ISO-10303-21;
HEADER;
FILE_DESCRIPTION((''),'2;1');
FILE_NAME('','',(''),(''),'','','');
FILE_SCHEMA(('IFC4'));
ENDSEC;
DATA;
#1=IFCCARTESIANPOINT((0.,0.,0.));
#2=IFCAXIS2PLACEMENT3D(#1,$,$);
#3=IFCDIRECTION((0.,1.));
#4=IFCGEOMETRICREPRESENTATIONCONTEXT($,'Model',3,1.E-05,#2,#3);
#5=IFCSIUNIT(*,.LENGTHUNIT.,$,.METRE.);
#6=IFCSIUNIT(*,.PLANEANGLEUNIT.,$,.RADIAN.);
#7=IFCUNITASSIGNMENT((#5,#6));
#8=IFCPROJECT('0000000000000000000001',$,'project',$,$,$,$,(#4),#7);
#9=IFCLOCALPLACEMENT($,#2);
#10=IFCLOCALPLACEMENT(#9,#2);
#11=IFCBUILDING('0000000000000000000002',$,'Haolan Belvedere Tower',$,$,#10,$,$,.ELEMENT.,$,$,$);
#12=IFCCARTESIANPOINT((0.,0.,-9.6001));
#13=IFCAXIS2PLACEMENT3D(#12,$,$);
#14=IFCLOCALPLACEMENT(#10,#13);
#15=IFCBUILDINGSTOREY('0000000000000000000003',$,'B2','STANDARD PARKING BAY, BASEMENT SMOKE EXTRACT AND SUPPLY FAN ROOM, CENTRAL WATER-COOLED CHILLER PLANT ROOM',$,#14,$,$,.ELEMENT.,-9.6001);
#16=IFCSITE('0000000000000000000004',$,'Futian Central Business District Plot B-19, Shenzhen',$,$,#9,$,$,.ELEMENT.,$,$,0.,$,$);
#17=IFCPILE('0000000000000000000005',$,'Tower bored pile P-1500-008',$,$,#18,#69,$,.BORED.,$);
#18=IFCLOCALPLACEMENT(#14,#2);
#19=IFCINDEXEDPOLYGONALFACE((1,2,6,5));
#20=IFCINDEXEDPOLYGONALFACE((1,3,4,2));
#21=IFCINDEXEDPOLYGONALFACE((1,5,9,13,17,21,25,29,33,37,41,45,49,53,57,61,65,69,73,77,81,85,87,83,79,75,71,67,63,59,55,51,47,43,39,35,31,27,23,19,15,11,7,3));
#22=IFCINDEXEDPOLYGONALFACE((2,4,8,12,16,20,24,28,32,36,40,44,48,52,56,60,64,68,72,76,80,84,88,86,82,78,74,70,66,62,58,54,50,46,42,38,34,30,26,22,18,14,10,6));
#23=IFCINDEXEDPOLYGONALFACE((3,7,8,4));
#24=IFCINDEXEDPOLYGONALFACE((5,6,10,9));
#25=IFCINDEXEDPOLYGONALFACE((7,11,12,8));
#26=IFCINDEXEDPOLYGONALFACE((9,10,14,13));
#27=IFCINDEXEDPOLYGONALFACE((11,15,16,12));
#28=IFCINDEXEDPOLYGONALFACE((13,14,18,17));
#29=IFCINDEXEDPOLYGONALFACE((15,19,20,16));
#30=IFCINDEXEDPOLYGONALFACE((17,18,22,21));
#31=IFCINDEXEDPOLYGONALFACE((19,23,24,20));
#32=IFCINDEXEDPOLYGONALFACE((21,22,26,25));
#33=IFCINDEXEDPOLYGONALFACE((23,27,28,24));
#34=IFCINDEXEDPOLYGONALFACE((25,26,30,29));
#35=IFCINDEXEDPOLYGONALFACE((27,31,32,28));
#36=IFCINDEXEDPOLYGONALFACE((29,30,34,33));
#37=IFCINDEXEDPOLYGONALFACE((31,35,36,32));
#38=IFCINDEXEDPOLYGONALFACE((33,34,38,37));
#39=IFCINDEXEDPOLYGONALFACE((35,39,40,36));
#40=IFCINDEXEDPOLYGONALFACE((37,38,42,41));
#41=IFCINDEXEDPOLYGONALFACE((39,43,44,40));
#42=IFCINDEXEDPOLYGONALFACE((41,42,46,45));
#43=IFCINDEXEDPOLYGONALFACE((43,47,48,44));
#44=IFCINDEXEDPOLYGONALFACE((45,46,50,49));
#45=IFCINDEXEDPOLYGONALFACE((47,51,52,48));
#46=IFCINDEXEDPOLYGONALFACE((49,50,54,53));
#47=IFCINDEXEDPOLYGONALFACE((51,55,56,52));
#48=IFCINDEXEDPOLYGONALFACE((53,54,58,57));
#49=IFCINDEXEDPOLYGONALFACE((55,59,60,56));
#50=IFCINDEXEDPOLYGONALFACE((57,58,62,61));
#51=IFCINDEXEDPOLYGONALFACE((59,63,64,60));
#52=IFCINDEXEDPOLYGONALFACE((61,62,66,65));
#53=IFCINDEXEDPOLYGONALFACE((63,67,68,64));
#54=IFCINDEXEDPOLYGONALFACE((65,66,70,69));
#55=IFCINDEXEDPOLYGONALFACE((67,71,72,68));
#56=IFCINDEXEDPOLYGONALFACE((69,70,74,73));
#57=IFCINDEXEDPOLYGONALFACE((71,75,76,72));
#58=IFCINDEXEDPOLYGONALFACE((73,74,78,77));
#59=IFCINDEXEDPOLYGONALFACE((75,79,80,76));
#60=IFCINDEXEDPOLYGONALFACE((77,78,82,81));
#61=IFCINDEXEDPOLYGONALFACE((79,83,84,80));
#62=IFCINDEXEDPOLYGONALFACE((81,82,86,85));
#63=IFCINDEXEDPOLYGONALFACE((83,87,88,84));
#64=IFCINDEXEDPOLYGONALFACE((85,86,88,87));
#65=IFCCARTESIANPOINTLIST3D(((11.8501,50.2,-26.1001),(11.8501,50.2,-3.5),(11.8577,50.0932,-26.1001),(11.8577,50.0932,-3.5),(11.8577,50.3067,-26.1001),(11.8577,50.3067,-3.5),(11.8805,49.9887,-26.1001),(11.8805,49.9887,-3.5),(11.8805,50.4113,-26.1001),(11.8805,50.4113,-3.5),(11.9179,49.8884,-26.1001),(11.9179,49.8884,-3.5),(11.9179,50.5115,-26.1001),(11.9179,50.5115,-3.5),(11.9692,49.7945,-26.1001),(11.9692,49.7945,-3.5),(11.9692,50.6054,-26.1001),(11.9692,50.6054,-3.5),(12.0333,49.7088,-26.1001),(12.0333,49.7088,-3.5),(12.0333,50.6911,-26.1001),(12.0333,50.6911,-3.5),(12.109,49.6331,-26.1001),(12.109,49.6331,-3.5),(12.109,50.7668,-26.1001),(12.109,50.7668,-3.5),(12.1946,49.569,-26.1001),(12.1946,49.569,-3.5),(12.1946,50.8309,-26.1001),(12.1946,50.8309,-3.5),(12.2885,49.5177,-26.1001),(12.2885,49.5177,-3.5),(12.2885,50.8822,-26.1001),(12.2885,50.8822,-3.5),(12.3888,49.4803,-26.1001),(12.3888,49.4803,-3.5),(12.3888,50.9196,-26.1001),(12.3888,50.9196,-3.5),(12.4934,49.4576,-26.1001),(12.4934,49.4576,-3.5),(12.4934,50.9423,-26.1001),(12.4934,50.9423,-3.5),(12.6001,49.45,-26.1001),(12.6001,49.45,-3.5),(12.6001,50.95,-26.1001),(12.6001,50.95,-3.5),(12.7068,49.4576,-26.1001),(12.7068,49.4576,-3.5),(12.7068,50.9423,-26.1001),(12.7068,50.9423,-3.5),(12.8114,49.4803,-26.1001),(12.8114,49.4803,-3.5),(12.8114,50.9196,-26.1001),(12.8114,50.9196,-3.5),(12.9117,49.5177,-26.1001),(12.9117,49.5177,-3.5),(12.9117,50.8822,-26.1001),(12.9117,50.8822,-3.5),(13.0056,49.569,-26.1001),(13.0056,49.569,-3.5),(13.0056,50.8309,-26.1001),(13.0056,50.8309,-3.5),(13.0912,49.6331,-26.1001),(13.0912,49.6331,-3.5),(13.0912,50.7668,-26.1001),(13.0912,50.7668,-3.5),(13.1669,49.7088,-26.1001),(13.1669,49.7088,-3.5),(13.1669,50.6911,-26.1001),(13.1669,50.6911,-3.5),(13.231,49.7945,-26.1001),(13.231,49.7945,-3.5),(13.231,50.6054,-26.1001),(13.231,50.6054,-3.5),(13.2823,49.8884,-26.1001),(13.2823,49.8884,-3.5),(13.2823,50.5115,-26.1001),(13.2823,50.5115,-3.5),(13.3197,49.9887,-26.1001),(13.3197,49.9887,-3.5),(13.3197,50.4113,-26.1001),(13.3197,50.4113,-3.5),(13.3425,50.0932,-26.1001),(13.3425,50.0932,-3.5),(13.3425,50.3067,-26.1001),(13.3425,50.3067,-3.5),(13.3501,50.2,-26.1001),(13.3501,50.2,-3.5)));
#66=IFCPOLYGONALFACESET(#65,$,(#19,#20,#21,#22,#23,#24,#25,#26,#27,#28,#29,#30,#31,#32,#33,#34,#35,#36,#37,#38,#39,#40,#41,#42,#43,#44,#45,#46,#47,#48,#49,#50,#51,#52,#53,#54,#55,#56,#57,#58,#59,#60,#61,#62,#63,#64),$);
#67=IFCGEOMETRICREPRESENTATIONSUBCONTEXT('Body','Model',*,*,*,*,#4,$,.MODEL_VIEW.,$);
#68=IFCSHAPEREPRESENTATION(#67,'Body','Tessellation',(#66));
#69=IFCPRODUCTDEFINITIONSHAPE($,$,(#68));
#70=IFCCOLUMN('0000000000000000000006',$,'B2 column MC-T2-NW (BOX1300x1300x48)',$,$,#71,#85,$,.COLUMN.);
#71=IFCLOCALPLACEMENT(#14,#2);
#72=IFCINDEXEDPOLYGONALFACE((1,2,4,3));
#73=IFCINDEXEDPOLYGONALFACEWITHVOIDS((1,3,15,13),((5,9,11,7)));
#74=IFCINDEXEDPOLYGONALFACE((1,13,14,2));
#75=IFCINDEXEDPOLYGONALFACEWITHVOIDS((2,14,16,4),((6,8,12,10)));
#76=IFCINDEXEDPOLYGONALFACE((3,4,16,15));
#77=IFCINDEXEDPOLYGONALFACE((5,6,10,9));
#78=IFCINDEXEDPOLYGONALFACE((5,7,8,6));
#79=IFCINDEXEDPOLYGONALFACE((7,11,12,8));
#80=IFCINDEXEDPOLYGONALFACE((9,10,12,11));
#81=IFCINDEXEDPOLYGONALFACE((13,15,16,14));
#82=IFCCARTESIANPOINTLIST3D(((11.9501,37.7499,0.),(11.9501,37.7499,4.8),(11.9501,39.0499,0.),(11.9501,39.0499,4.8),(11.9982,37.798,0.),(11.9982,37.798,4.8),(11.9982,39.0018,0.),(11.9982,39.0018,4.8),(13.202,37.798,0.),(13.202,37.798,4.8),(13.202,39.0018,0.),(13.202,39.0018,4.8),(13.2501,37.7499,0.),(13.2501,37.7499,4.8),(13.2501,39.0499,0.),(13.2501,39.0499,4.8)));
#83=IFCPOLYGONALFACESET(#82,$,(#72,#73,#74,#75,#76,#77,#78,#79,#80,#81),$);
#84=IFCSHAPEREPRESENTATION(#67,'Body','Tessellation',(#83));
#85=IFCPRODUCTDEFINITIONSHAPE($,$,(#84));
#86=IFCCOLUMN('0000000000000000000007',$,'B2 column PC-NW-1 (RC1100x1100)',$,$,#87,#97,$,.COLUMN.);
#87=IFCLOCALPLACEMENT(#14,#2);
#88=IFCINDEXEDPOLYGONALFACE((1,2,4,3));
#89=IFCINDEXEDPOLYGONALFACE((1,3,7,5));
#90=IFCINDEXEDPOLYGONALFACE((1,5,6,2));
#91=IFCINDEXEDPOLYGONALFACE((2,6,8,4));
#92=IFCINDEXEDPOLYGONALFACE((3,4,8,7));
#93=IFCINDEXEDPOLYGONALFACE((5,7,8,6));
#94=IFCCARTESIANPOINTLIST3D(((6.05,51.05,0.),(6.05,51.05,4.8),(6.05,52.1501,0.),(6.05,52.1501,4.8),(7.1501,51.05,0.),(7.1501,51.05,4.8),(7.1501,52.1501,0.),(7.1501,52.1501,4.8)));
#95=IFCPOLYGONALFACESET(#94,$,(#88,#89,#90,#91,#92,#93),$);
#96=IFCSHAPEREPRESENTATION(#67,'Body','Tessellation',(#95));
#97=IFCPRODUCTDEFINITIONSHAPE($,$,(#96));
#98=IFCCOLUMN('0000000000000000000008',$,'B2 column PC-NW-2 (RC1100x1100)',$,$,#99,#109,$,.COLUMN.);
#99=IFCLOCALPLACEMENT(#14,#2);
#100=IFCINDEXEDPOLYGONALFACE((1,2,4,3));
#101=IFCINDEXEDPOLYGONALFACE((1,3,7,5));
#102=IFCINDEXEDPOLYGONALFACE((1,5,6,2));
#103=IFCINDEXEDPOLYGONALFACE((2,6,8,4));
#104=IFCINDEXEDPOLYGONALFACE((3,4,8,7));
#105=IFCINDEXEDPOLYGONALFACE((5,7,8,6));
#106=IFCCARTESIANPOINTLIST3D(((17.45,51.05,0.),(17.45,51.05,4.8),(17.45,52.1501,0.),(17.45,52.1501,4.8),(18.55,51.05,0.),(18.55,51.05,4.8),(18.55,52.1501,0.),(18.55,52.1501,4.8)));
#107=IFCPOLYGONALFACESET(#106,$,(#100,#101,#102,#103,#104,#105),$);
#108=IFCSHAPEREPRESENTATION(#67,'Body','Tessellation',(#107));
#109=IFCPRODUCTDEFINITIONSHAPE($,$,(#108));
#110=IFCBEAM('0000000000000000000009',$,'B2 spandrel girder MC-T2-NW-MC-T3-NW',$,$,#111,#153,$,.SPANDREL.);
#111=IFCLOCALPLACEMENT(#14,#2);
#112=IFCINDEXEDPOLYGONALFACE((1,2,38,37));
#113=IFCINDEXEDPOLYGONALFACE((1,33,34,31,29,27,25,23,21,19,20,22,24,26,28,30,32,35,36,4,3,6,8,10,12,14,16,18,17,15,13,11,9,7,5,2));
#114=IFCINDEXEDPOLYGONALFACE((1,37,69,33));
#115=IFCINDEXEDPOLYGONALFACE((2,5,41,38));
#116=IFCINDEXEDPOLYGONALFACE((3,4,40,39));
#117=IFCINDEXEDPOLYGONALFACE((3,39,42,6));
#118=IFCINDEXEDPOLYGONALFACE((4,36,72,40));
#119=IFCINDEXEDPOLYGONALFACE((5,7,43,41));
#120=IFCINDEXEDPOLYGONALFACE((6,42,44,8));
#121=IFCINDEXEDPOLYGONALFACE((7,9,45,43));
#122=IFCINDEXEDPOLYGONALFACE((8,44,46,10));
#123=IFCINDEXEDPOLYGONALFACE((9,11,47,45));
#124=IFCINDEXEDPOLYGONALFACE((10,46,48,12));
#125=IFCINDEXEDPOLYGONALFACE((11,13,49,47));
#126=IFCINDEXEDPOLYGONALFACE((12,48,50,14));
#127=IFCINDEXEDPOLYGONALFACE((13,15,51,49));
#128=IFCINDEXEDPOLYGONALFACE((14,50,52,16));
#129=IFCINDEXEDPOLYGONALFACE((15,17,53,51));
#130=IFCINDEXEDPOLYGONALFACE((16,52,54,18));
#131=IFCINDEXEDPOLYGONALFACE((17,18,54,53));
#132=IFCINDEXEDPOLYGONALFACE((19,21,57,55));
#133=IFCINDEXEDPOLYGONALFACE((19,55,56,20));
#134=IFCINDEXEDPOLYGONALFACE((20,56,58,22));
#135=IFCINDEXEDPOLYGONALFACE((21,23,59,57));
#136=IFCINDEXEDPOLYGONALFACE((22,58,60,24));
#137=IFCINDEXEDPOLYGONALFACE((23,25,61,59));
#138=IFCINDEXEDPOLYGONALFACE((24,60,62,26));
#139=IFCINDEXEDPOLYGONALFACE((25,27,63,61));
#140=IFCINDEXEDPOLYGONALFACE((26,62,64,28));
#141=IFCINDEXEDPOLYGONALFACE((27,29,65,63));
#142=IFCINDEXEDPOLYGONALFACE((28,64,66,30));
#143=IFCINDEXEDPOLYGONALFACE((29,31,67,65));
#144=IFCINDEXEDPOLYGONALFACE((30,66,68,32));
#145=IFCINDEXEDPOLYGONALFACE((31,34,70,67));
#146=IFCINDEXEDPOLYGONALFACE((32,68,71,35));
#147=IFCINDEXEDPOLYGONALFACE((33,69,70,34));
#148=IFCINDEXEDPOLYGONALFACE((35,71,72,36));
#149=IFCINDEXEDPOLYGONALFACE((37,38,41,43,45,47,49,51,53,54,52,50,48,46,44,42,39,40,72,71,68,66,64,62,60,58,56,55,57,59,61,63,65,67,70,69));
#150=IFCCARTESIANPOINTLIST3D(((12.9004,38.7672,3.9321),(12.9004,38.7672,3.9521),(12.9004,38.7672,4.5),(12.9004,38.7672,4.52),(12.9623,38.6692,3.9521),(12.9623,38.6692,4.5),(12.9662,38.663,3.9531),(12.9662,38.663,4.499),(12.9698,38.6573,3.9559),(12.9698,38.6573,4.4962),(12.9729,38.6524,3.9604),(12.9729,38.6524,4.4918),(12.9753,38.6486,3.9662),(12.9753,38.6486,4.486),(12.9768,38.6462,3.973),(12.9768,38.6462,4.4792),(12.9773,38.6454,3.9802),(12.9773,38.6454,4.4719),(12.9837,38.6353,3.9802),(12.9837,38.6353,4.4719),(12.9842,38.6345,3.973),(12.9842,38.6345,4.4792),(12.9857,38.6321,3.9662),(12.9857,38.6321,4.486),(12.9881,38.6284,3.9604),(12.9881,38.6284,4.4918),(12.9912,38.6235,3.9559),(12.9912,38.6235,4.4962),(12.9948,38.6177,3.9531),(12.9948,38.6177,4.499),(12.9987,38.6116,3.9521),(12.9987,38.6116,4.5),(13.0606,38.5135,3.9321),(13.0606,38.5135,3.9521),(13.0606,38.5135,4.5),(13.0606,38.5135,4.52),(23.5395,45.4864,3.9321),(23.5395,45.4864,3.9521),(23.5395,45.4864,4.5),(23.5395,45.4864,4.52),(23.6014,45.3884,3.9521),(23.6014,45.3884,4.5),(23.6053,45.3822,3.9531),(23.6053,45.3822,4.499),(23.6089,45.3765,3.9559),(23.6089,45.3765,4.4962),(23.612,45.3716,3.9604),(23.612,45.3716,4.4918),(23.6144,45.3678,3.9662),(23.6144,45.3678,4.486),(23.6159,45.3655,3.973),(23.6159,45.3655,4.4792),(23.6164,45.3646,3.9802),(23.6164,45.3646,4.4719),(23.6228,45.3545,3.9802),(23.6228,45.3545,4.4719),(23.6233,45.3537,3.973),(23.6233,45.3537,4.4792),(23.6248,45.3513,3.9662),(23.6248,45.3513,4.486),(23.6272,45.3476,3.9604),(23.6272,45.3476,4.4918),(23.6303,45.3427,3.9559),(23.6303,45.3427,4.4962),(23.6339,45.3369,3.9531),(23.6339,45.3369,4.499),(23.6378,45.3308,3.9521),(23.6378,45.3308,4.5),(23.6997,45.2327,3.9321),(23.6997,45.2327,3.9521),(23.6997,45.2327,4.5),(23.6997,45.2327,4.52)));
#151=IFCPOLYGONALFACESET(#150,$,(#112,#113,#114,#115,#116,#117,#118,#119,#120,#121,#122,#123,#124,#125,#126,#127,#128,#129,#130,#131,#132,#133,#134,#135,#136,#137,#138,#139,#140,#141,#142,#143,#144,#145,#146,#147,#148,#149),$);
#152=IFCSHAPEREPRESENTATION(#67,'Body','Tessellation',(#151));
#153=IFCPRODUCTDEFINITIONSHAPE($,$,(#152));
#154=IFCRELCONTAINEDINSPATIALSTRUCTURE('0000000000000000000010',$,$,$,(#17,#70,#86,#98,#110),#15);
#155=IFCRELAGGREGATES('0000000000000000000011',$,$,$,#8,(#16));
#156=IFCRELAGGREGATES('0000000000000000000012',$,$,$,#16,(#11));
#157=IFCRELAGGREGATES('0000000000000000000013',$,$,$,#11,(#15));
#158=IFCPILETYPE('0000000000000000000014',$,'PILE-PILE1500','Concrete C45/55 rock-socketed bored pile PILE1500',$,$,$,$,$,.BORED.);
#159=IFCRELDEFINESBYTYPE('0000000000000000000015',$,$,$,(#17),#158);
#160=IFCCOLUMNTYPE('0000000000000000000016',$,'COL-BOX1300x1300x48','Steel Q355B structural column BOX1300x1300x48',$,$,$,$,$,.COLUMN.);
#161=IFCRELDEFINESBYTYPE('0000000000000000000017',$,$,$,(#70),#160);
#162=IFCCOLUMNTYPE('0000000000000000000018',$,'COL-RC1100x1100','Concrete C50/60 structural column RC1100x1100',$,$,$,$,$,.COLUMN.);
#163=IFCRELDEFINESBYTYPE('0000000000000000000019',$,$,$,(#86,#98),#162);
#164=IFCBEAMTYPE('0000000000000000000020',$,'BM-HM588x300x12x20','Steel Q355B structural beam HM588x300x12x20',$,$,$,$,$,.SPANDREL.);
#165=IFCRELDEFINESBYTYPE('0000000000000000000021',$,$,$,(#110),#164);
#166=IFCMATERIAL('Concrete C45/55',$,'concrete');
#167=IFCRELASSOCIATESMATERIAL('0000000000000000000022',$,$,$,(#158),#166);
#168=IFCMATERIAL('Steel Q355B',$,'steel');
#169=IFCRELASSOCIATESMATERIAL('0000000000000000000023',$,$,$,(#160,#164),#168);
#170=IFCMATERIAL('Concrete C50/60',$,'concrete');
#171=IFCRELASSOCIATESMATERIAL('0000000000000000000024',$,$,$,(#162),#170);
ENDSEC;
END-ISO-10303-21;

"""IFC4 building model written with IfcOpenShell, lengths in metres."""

from ifc_helpers import new_model, si_unit, direction, frame, origin, origin_2d, place, context, subcontext, project, spatial, rectangle, hollow_rectangle, circle, i_section, extrude, material, material_profile, profile_set, type_object, element, save


model = new_model("IFC4")

# Units and contexts
model_context = context("Model", 3, precision=1e-05, world=origin(), true_north=direction((0.0, 1.0)))
body_context = subcontext(model_context, "Body", "Model", "MODEL_VIEW")
ifc_project = project(units=[si_unit("LENGTHUNIT", "METRE"), si_unit("PLANEANGLEUNIT", "RADIAN")], contexts=[model_context])

# Site, building, storey
site_placement = place(None, origin())
site = spatial("IfcSite", under=ifc_project, at=site_placement, Name="Futian Central Business District Plot B-19, Shenzhen", CompositionType="ELEMENT", RefElevation=0.0)
building_placement = place(site_placement, origin())
building = spatial("IfcBuilding", under=site, at=building_placement, Name="Haolan Belvedere Tower", CompositionType="ELEMENT")
storey_placement = place(building_placement, frame((0.0, 0.0, -9.6001)))
storey = spatial("IfcBuildingStorey", under=building, at=storey_placement, Name="B2", Description="STANDARD PARKING BAY, BASEMENT SMOKE EXTRACT AND SUPPLY FAN ROOM, CENTRAL WATER-COOLED CHILLER PLANT ROOM", CompositionType="ELEMENT", Elevation=-9.6001)

# Shared definitions
ifc_material_1 = material(Name="Concrete C50/60", Category="concrete")

# Pile
ifc_material_2 = material(Name="Concrete C45/55", Category="concrete")
ifc_material_profile_1 = material_profile(ifc_material_2, circle(Radius=0.75, at=origin_2d()), Name="Concrete C45/55")
ifc_profile_set_1 = profile_set([ifc_material_profile_1], Name="Concrete C45/55")
pile_type_1 = type_object("IfcPileType", Name="PILE-PILE1500", Description="Concrete C45/55 rock-socketed bored pile PILE1500", PredefinedType="BORED", material=ifc_profile_set_1)
for number, where, z_axis, x_axis, name in (
    (1, (12.6001, 50.2, -3.5), (0.0, 0.0, -1.0), (1.0, 0.0, 0.0), "Tower bored pile P-1500-008"),
):
    element("IfcPile", number, at=place(storey_placement, frame(where, z_axis=z_axis, x_axis=x_axis)), inside=storey, type_object=pile_type_1, Name=name, PredefinedType="BORED", context=body_context, shape_type="SweptSolid", body=[
        extrude(circle(Radius=0.75, at=origin_2d()), origin(), (0.0, 0.0, 1.0), 22.6001),
    ])

# Columns
ifc_material_3 = material(Name="Steel Q355B", Category="steel")
ifc_material_profile_2 = material_profile(ifc_material_3, hollow_rectangle(XDim=1.3, YDim=1.3, WallThickness=0.0481, at=origin_2d()), Name="Steel Q355B")
ifc_profile_set_2 = profile_set([ifc_material_profile_2], Name="Steel Q355B")
column_type_1 = type_object("IfcColumnType", Name="COL-BOX1300x1300x48", Description="Steel Q355B structural column BOX1300x1300x48", PredefinedType="COLUMN", material=ifc_profile_set_2)
column_placement = place(storey_placement, frame((12.6001, 38.3999, 0.0), z_axis=(0.0, 0.0, 1.0), x_axis=(1.0, 0.0, 0.0)))
element("IfcColumn", 2, at=column_placement, inside=storey, type_object=column_type_1, Name="B2 column MC-T2-NW (BOX1300x1300x48)", PredefinedType="COLUMN", context=body_context, shape_type="SweptSolid", body=[
    extrude(hollow_rectangle(XDim=1.3, YDim=1.3, WallThickness=0.0481, at=origin_2d()), origin(), (0.0, 0.0, 1.0), 4.8),
])
ifc_material_profile_3 = material_profile(ifc_material_1, rectangle(XDim=1.1001, YDim=1.1001, at=origin_2d()), Name="Concrete C50/60")
ifc_profile_set_3 = profile_set([ifc_material_profile_3], Name="Concrete C50/60")
column_type_2 = type_object("IfcColumnType", Name="COL-RC1100x1100", Description="Concrete C50/60 structural column RC1100x1100", PredefinedType="COLUMN", material=ifc_profile_set_3)
for number, where, z_axis, x_axis, name in (
    (3, (6.6001, 51.6001, 0.0), (0.0, 0.0, 1.0), (1.0, 0.0, 0.0), "B2 column PC-NW-1 (RC1100x1100)"),
    (4, (18.0, 51.6001, 0.0), (0.0, 0.0, 1.0), (1.0, 0.0, 0.0), "B2 column PC-NW-2 (RC1100x1100)"),
):
    element("IfcColumn", number, at=place(storey_placement, frame(where, z_axis=z_axis, x_axis=x_axis)), inside=storey, type_object=column_type_2, Name=name, PredefinedType="COLUMN", context=body_context, shape_type="SweptSolid", body=[
        extrude(rectangle(XDim=1.1001, YDim=1.1001, at=origin_2d()), origin(), (0.0, 0.0, 1.0), 4.8),
    ])

# Beam
ifc_material_profile_4 = material_profile(ifc_material_3, i_section(OverallWidth=0.3, OverallDepth=0.5879, WebThickness=0.012, FlangeThickness=0.02, FilletRadius=0.0281, at=origin_2d()), Name="Steel Q355B")
ifc_profile_set_4 = profile_set([ifc_material_profile_4], Name="Steel Q355B")
beam_type = type_object("IfcBeamType", Name="BM-HM588x300x12x20", Description="Steel Q355B structural beam HM588x300x12x20", PredefinedType="SPANDREL", material=ifc_profile_set_4)
beam_1_placement = place(storey_placement, frame((12.9805, 38.6404, 4.2261), z_axis=(0.845497, 0.53398, 0.0), x_axis=(-0.53398, 0.845497, 0.0)))
element("IfcBeam", 5, at=beam_1_placement, inside=storey, type_object=beam_type, Name="B2 spandrel girder MC-T2-NW-MC-T3-NW", PredefinedType="SPANDREL", context=body_context, shape_type="SweptSolid", body=[
    extrude(i_section(OverallWidth=0.3, OverallDepth=0.5879, WebThickness=0.012, FlangeThickness=0.02, FilletRadius=0.0281, at=origin_2d()), origin(), (0.0, 0.0, 1.0), 12.5833),
])

save(model, "model.ifc")
